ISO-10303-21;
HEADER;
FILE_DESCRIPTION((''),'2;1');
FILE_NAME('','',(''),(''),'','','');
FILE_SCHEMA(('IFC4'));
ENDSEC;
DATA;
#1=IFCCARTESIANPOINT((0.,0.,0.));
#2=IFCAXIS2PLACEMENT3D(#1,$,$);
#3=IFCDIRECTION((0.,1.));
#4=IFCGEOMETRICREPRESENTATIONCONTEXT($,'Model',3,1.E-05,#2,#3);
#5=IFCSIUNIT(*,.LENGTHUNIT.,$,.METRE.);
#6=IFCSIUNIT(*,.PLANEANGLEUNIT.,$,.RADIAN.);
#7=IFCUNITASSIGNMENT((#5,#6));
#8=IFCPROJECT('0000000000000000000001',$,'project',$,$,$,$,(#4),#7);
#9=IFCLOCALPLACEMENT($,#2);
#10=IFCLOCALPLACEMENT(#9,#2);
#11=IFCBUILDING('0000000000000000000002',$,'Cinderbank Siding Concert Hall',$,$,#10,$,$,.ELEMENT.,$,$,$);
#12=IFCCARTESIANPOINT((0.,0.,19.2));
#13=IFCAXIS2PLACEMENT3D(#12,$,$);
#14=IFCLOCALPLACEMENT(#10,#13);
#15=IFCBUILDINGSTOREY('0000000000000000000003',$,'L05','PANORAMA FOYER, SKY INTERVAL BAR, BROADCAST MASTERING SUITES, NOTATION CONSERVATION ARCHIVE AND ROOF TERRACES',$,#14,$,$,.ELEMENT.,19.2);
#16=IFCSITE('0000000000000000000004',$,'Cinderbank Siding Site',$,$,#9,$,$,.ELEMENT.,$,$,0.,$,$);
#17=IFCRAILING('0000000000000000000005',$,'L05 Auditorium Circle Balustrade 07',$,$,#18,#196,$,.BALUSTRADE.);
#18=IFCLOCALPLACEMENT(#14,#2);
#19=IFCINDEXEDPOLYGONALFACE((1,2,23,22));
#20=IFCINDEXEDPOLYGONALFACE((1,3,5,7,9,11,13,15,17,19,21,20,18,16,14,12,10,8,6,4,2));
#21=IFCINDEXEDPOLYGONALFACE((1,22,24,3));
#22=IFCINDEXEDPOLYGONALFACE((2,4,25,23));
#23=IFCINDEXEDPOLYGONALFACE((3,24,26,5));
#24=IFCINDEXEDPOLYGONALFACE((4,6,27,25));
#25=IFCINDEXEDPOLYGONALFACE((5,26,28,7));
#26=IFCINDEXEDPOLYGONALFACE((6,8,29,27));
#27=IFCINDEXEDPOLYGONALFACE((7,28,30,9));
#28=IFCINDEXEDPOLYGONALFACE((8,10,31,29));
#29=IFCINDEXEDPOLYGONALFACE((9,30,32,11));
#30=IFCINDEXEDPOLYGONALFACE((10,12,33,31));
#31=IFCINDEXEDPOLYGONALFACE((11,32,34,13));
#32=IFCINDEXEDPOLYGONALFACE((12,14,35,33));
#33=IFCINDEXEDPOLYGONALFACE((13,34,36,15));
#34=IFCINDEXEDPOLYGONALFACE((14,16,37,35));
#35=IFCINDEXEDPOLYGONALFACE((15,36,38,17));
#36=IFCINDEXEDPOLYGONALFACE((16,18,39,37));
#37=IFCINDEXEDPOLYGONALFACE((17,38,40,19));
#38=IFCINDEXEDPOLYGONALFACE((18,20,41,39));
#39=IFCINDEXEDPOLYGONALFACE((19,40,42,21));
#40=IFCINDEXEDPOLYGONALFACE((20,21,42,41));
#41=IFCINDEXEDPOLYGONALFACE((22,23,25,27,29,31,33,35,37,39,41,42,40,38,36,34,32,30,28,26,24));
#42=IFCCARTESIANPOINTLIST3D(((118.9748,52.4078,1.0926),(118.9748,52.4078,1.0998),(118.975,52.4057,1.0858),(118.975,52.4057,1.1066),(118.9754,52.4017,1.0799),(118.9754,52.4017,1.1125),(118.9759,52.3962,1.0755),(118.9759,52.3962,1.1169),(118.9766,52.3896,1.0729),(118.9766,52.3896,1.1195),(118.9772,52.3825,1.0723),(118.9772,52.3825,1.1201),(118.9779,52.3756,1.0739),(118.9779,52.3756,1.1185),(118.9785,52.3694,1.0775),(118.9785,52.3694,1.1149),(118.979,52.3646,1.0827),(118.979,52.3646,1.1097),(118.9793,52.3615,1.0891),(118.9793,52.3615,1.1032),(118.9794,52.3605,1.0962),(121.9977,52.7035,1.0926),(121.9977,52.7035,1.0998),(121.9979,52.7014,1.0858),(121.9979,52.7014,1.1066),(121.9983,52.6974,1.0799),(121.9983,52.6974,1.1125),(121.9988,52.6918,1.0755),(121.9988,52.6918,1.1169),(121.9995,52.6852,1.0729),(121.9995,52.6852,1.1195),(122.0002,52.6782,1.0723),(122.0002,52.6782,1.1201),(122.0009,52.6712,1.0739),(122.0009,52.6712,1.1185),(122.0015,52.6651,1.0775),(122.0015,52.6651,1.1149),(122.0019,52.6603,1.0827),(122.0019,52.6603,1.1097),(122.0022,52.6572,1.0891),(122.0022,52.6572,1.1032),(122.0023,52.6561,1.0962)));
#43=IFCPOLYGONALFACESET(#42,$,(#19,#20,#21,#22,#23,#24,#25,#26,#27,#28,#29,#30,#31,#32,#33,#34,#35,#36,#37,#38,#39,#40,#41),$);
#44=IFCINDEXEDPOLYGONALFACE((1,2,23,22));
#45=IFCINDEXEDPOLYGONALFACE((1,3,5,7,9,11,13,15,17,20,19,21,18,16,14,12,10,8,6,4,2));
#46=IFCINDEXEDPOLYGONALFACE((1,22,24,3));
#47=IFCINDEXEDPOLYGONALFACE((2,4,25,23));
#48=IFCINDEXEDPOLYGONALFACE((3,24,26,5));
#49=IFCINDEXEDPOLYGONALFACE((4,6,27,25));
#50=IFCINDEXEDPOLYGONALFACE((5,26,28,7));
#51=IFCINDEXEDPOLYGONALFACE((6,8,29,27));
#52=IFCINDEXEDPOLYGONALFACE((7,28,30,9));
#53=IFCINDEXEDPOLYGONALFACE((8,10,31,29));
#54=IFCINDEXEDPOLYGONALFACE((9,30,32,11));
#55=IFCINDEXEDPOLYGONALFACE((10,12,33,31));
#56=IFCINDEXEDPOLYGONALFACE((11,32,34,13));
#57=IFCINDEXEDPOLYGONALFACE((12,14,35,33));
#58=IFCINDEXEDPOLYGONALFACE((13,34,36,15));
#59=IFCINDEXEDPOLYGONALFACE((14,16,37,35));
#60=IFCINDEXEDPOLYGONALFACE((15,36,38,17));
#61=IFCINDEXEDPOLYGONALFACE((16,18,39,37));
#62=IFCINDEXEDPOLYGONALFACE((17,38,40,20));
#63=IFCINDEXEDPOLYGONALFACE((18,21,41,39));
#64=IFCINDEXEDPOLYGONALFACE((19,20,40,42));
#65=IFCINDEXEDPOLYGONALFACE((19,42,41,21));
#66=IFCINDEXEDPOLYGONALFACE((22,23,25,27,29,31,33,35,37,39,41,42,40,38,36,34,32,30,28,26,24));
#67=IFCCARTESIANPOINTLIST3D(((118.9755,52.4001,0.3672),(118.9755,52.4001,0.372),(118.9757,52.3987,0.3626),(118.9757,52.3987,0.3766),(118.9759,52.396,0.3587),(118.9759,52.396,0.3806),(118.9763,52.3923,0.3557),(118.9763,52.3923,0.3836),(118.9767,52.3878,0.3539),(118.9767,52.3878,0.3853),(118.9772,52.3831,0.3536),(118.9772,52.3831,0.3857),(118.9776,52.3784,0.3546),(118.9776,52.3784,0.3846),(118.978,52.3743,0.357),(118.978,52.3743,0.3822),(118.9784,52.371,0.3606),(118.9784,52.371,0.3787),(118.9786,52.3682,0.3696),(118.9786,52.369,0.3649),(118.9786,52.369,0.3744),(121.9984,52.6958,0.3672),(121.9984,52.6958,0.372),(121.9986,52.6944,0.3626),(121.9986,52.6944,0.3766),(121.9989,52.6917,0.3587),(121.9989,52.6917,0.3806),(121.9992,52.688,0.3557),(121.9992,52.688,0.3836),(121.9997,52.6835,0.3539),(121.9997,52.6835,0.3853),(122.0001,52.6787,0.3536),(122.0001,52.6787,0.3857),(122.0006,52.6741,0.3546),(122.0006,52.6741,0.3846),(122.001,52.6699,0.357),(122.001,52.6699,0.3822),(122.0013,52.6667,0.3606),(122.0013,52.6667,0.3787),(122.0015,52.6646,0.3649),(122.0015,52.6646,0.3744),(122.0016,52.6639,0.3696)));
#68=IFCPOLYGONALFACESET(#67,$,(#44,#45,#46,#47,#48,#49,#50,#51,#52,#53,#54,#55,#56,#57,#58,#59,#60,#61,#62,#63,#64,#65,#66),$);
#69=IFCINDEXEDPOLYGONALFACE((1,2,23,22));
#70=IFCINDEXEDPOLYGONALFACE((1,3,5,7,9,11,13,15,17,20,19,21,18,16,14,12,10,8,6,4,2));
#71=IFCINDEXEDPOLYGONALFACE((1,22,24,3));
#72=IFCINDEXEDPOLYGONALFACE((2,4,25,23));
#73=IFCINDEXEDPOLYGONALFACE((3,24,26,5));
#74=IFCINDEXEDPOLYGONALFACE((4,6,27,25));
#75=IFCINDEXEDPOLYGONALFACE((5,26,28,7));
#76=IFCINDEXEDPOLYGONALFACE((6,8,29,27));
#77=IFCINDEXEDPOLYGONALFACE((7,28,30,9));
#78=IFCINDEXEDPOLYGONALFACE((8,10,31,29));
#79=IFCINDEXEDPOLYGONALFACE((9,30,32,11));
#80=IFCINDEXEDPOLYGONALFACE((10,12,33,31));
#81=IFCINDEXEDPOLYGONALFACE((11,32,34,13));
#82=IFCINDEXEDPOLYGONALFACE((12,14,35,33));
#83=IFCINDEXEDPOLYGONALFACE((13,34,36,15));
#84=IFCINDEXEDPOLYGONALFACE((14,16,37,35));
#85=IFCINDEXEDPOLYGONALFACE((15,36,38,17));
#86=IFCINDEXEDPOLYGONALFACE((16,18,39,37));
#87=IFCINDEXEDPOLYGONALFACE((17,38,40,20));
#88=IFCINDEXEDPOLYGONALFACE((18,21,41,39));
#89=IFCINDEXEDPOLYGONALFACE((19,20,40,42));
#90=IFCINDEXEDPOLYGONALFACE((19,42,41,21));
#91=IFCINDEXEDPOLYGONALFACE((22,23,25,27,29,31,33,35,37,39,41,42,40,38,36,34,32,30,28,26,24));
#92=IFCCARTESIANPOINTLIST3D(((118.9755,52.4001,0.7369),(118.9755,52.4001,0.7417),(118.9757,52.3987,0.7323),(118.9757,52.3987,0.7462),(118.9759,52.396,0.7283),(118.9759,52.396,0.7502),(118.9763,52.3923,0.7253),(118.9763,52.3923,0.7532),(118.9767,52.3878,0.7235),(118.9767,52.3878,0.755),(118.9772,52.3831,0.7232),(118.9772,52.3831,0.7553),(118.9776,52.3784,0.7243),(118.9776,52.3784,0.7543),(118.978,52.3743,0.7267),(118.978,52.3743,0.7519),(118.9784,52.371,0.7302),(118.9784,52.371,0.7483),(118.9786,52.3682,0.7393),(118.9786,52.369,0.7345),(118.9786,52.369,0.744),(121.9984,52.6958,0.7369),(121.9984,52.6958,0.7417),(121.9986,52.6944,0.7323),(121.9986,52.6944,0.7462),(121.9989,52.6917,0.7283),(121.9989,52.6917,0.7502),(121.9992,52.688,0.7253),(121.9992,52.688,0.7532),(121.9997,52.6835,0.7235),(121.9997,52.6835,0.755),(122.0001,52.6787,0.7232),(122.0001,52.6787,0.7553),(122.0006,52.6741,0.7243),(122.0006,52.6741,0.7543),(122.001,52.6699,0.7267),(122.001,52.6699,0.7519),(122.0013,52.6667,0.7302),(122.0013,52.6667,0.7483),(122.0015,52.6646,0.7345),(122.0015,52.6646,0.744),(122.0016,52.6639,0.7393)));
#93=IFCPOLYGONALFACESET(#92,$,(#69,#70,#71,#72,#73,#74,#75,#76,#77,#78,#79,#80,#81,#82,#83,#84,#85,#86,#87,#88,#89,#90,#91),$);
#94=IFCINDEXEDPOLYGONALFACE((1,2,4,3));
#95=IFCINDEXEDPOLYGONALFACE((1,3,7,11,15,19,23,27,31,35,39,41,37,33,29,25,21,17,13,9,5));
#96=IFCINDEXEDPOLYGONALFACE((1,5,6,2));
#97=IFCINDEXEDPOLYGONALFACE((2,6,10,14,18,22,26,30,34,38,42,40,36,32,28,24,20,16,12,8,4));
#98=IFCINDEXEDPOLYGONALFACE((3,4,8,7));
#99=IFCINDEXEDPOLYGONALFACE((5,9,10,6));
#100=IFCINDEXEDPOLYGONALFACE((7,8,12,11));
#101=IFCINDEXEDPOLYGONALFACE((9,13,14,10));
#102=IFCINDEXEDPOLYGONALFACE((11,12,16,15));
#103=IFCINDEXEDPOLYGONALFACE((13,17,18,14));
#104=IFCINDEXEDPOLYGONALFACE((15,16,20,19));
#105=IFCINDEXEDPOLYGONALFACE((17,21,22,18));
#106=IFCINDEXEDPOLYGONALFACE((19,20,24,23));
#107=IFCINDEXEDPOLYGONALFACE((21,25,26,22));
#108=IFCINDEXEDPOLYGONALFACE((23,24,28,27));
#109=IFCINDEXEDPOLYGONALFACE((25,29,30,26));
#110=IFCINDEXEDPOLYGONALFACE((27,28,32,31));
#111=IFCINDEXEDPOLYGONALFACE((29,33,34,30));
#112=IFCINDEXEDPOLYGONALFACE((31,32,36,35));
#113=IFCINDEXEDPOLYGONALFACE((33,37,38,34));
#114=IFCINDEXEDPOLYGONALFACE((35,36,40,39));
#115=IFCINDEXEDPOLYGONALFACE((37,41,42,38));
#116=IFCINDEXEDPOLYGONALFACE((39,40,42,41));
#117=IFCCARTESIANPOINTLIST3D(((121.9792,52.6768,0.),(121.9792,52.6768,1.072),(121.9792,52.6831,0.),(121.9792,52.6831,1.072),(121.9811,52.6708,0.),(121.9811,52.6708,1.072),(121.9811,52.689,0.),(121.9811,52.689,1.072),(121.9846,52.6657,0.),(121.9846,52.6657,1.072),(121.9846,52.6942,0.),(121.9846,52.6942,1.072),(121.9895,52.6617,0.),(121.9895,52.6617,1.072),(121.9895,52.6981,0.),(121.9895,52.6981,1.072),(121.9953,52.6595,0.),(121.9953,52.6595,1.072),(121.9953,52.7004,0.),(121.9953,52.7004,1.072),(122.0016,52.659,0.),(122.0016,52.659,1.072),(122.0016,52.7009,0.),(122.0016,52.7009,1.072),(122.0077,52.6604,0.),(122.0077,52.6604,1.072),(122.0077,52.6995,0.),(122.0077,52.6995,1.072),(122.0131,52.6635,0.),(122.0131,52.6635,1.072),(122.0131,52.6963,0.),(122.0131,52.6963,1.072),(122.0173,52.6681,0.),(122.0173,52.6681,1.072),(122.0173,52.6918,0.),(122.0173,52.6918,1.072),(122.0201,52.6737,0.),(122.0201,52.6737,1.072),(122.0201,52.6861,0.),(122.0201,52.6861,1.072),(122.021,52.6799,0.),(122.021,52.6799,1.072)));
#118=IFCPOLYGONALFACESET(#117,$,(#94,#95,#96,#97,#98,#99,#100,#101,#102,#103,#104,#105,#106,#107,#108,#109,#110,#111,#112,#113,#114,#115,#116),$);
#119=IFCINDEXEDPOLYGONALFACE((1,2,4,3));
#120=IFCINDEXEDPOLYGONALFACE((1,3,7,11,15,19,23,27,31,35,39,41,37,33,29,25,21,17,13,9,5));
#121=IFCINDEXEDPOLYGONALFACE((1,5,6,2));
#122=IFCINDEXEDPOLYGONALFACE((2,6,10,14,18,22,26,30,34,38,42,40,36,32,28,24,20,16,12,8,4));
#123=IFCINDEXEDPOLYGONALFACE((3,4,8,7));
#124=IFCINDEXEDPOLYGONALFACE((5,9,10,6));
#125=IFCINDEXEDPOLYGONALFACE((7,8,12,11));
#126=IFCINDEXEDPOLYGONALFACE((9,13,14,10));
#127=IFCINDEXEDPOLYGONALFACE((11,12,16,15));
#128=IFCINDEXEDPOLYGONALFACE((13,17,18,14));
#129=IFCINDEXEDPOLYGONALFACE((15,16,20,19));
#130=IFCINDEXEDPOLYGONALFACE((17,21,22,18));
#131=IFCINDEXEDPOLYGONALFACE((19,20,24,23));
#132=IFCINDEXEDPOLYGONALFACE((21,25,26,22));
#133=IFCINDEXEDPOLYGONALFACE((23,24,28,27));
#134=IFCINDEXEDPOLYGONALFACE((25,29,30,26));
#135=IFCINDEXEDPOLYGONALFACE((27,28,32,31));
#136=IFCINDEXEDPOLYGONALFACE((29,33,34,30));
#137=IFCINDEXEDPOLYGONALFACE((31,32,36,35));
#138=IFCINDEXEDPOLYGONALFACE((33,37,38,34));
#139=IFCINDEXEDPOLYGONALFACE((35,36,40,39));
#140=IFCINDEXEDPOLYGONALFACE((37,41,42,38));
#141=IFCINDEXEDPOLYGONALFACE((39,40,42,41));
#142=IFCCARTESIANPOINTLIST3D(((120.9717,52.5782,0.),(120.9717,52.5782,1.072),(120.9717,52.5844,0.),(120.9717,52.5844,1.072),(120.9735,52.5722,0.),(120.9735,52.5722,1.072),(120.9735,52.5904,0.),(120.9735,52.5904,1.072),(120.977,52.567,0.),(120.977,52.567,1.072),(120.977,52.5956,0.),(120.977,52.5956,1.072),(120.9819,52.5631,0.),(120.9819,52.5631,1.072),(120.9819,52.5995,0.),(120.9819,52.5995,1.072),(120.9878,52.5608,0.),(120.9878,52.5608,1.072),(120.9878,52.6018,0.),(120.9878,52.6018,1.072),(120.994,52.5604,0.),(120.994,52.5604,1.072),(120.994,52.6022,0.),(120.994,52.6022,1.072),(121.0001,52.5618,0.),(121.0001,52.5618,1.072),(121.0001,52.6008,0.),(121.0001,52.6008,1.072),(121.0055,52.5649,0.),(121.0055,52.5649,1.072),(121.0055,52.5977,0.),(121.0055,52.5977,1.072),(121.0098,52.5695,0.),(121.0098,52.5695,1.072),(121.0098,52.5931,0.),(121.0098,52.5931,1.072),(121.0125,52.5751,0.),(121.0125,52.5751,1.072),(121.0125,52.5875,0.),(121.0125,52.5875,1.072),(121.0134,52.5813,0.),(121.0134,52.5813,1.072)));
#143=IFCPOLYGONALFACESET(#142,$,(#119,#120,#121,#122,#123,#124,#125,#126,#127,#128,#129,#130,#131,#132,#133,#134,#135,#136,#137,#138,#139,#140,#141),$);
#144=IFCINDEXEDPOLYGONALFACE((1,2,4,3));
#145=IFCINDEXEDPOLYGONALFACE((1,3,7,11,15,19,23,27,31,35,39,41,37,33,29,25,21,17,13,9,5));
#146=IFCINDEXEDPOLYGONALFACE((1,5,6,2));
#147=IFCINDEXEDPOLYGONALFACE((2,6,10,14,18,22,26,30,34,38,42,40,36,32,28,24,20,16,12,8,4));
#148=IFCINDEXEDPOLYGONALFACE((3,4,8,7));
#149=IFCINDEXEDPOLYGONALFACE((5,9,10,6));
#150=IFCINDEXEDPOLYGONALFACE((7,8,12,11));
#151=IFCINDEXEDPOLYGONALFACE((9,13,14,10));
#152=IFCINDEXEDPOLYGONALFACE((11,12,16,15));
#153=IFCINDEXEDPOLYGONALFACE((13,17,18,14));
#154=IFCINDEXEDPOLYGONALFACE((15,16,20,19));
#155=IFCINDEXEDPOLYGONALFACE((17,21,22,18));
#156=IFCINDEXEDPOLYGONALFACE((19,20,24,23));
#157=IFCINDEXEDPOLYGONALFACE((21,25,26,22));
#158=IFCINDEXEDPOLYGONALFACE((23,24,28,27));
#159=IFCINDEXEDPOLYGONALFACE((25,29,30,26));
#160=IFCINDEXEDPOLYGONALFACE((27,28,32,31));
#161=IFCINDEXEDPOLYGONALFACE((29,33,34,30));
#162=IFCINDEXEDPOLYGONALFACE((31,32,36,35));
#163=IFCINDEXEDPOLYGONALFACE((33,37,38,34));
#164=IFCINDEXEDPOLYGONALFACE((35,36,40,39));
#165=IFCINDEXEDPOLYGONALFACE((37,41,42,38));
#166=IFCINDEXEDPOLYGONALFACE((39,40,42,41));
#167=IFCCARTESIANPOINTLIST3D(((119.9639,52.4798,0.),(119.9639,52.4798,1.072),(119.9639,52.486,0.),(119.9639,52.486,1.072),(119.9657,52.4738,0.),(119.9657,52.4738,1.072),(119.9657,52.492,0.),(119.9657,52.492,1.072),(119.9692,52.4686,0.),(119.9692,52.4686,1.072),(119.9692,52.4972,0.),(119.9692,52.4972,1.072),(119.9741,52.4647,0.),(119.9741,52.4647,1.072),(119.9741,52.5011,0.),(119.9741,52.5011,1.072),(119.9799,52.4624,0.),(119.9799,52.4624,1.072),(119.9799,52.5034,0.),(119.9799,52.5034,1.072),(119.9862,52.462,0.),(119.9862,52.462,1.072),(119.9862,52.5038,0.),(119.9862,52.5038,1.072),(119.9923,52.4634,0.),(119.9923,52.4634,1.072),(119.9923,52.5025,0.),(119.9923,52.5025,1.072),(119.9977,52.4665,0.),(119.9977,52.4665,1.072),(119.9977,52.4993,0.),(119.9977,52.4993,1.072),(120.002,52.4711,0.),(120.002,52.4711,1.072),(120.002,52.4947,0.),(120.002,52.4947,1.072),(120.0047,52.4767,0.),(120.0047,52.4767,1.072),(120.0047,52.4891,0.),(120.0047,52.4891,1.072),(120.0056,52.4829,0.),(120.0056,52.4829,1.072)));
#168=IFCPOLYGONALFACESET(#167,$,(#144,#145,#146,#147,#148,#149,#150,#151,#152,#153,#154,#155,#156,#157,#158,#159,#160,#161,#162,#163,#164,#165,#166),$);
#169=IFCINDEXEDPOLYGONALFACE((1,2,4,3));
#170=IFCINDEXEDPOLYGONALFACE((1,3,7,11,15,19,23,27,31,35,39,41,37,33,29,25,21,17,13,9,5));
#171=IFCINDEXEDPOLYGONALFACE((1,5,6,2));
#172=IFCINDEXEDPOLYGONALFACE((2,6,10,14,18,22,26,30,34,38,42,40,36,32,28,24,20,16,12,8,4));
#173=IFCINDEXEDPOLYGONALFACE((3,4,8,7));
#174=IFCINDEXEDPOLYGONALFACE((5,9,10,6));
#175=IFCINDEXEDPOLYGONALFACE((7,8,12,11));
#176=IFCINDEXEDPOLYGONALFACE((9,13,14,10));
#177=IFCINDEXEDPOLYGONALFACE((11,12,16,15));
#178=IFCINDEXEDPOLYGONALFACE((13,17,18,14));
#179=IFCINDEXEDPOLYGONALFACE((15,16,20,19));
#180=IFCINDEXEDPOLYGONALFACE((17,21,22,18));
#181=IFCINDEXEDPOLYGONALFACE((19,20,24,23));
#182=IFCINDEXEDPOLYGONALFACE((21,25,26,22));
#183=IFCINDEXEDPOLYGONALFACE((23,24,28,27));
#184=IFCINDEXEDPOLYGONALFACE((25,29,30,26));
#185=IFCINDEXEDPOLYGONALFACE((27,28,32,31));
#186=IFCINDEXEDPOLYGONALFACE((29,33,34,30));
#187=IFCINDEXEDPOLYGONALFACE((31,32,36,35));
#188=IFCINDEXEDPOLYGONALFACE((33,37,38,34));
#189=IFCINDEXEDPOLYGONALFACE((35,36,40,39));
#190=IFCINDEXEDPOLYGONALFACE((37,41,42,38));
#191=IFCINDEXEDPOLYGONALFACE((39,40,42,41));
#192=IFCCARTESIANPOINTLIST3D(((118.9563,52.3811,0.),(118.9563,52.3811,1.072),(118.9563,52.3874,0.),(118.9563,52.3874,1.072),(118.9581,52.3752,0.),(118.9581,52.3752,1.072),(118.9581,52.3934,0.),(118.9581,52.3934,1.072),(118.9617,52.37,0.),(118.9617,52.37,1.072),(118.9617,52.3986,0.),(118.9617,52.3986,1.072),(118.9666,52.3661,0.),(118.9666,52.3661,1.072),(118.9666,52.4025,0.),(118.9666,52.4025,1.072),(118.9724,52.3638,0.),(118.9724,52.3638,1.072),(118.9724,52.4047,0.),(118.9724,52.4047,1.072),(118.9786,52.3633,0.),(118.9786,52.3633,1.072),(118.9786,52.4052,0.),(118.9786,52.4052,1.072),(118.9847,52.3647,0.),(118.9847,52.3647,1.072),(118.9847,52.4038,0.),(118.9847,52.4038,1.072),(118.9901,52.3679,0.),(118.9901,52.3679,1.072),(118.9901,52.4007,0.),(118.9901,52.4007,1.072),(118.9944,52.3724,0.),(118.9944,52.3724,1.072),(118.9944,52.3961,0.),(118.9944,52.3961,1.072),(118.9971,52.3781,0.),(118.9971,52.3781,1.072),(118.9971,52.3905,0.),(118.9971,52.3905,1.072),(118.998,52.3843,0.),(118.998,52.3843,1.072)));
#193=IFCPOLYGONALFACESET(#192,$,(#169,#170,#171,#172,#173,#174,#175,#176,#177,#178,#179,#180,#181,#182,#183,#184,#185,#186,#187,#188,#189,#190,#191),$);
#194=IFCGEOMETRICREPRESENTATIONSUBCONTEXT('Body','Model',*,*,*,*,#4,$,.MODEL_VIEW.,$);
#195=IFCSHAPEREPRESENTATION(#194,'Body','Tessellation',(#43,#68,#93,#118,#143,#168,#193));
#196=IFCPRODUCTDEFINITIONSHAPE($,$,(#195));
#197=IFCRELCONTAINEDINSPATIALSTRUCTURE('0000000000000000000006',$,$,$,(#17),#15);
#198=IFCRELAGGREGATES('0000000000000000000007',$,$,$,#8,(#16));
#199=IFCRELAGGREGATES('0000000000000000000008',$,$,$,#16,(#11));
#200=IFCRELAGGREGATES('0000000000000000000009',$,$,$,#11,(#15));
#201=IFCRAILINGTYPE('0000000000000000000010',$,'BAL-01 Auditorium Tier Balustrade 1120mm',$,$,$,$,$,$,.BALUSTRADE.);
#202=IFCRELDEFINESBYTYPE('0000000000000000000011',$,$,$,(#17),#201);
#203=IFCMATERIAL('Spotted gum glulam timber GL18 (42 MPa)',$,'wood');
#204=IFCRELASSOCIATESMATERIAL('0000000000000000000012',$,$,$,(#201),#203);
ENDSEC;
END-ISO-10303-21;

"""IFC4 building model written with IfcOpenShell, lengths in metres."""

from ifc_helpers import new_model, si_unit, direction, frame, origin, origin_2d, place, context, subcontext, project, spatial, circle, extrude, material, type_object, element, save


model = new_model("IFC4")

# Units and contexts
model_context = context("Model", 3, precision=1e-05, world=origin(), true_north=direction((0.0, 1.0)))
body_context = subcontext(model_context, "Body", "Model", "MODEL_VIEW")
ifc_project = project(units=[si_unit("LENGTHUNIT", "METRE"), si_unit("PLANEANGLEUNIT", "RADIAN")], contexts=[model_context])

# Site, building, storey
site_placement = place(None, origin())
site = spatial("IfcSite", under=ifc_project, at=site_placement, Name="Cinderbank Siding Site", CompositionType="ELEMENT", RefElevation=0.0)
building_placement = place(site_placement, origin())
building = spatial("IfcBuilding", under=site, at=building_placement, Name="Cinderbank Siding Concert Hall", CompositionType="ELEMENT")
storey_placement = place(building_placement, frame((0.0, 0.0, 19.2)))
storey = spatial("IfcBuildingStorey", under=building, at=storey_placement, Name="L05", Description="PANORAMA FOYER, SKY INTERVAL BAR, BROADCAST MASTERING SUITES, NOTATION CONSERVATION ARCHIVE AND ROOF TERRACES", CompositionType="ELEMENT", Elevation=19.2)

# Railing
ifc_material_1 = material(Name="Spotted gum glulam timber GL18 (42 MPa)", Category="wood")
railing_type = type_object("IfcRailingType", Name="BAL-01 Auditorium Tier Balustrade 1120mm", PredefinedType="BALUSTRADE", material=ifc_material_1)
railing_1_placement = place(storey_placement, frame((122.0, 52.6799, 0.0)))
element("IfcRailing", 1, at=railing_1_placement, inside=storey, type_object=railing_type, Name="L05 Auditorium Circle Balustrade 07", PredefinedType="BALUSTRADE", context=body_context, shape_type="SweptSolid", body=[
    extrude(circle(Radius=0.0239, at=origin_2d()), frame((0.0, 0.0, 1.0962), z_axis=(-0.995251, -0.097339, 0.0), x_axis=(0.097339, -0.995251, 0.0)), (0.0, 0.0, 1.0), 3.0374),
    extrude(circle(Radius=0.0161, at=origin_2d()), frame((0.0, 0.0, 0.3696), z_axis=(-0.995251, -0.097339, 0.0), x_axis=(0.097339, -0.995251, 0.0)), (0.0, 0.0, 1.0), 3.0374),
    extrude(circle(Radius=0.0161, at=origin_2d()), frame((0.0, 0.0, 0.7393), z_axis=(-0.995251, -0.097339, 0.0), x_axis=(0.097339, -0.995251, 0.0)), (0.0, 0.0, 1.0), 3.0374),
    extrude(circle(Radius=0.021, at=origin_2d()), origin(), (0.0, 0.0, 1.0), 1.072),
    extrude(circle(Radius=0.021, at=origin_2d()), frame((-1.0076, -0.0986, 0.0)), (0.0, 0.0, 1.0), 1.072),
    extrude(circle(Radius=0.021, at=origin_2d()), frame((-2.0154, -0.197, 0.0)), (0.0, 0.0, 1.0), 1.072),
    extrude(circle(Radius=0.021, at=origin_2d()), frame((-3.0229, -0.2957, 0.0)), (0.0, 0.0, 1.0), 1.072),
])

save(model, "model.ifc")
